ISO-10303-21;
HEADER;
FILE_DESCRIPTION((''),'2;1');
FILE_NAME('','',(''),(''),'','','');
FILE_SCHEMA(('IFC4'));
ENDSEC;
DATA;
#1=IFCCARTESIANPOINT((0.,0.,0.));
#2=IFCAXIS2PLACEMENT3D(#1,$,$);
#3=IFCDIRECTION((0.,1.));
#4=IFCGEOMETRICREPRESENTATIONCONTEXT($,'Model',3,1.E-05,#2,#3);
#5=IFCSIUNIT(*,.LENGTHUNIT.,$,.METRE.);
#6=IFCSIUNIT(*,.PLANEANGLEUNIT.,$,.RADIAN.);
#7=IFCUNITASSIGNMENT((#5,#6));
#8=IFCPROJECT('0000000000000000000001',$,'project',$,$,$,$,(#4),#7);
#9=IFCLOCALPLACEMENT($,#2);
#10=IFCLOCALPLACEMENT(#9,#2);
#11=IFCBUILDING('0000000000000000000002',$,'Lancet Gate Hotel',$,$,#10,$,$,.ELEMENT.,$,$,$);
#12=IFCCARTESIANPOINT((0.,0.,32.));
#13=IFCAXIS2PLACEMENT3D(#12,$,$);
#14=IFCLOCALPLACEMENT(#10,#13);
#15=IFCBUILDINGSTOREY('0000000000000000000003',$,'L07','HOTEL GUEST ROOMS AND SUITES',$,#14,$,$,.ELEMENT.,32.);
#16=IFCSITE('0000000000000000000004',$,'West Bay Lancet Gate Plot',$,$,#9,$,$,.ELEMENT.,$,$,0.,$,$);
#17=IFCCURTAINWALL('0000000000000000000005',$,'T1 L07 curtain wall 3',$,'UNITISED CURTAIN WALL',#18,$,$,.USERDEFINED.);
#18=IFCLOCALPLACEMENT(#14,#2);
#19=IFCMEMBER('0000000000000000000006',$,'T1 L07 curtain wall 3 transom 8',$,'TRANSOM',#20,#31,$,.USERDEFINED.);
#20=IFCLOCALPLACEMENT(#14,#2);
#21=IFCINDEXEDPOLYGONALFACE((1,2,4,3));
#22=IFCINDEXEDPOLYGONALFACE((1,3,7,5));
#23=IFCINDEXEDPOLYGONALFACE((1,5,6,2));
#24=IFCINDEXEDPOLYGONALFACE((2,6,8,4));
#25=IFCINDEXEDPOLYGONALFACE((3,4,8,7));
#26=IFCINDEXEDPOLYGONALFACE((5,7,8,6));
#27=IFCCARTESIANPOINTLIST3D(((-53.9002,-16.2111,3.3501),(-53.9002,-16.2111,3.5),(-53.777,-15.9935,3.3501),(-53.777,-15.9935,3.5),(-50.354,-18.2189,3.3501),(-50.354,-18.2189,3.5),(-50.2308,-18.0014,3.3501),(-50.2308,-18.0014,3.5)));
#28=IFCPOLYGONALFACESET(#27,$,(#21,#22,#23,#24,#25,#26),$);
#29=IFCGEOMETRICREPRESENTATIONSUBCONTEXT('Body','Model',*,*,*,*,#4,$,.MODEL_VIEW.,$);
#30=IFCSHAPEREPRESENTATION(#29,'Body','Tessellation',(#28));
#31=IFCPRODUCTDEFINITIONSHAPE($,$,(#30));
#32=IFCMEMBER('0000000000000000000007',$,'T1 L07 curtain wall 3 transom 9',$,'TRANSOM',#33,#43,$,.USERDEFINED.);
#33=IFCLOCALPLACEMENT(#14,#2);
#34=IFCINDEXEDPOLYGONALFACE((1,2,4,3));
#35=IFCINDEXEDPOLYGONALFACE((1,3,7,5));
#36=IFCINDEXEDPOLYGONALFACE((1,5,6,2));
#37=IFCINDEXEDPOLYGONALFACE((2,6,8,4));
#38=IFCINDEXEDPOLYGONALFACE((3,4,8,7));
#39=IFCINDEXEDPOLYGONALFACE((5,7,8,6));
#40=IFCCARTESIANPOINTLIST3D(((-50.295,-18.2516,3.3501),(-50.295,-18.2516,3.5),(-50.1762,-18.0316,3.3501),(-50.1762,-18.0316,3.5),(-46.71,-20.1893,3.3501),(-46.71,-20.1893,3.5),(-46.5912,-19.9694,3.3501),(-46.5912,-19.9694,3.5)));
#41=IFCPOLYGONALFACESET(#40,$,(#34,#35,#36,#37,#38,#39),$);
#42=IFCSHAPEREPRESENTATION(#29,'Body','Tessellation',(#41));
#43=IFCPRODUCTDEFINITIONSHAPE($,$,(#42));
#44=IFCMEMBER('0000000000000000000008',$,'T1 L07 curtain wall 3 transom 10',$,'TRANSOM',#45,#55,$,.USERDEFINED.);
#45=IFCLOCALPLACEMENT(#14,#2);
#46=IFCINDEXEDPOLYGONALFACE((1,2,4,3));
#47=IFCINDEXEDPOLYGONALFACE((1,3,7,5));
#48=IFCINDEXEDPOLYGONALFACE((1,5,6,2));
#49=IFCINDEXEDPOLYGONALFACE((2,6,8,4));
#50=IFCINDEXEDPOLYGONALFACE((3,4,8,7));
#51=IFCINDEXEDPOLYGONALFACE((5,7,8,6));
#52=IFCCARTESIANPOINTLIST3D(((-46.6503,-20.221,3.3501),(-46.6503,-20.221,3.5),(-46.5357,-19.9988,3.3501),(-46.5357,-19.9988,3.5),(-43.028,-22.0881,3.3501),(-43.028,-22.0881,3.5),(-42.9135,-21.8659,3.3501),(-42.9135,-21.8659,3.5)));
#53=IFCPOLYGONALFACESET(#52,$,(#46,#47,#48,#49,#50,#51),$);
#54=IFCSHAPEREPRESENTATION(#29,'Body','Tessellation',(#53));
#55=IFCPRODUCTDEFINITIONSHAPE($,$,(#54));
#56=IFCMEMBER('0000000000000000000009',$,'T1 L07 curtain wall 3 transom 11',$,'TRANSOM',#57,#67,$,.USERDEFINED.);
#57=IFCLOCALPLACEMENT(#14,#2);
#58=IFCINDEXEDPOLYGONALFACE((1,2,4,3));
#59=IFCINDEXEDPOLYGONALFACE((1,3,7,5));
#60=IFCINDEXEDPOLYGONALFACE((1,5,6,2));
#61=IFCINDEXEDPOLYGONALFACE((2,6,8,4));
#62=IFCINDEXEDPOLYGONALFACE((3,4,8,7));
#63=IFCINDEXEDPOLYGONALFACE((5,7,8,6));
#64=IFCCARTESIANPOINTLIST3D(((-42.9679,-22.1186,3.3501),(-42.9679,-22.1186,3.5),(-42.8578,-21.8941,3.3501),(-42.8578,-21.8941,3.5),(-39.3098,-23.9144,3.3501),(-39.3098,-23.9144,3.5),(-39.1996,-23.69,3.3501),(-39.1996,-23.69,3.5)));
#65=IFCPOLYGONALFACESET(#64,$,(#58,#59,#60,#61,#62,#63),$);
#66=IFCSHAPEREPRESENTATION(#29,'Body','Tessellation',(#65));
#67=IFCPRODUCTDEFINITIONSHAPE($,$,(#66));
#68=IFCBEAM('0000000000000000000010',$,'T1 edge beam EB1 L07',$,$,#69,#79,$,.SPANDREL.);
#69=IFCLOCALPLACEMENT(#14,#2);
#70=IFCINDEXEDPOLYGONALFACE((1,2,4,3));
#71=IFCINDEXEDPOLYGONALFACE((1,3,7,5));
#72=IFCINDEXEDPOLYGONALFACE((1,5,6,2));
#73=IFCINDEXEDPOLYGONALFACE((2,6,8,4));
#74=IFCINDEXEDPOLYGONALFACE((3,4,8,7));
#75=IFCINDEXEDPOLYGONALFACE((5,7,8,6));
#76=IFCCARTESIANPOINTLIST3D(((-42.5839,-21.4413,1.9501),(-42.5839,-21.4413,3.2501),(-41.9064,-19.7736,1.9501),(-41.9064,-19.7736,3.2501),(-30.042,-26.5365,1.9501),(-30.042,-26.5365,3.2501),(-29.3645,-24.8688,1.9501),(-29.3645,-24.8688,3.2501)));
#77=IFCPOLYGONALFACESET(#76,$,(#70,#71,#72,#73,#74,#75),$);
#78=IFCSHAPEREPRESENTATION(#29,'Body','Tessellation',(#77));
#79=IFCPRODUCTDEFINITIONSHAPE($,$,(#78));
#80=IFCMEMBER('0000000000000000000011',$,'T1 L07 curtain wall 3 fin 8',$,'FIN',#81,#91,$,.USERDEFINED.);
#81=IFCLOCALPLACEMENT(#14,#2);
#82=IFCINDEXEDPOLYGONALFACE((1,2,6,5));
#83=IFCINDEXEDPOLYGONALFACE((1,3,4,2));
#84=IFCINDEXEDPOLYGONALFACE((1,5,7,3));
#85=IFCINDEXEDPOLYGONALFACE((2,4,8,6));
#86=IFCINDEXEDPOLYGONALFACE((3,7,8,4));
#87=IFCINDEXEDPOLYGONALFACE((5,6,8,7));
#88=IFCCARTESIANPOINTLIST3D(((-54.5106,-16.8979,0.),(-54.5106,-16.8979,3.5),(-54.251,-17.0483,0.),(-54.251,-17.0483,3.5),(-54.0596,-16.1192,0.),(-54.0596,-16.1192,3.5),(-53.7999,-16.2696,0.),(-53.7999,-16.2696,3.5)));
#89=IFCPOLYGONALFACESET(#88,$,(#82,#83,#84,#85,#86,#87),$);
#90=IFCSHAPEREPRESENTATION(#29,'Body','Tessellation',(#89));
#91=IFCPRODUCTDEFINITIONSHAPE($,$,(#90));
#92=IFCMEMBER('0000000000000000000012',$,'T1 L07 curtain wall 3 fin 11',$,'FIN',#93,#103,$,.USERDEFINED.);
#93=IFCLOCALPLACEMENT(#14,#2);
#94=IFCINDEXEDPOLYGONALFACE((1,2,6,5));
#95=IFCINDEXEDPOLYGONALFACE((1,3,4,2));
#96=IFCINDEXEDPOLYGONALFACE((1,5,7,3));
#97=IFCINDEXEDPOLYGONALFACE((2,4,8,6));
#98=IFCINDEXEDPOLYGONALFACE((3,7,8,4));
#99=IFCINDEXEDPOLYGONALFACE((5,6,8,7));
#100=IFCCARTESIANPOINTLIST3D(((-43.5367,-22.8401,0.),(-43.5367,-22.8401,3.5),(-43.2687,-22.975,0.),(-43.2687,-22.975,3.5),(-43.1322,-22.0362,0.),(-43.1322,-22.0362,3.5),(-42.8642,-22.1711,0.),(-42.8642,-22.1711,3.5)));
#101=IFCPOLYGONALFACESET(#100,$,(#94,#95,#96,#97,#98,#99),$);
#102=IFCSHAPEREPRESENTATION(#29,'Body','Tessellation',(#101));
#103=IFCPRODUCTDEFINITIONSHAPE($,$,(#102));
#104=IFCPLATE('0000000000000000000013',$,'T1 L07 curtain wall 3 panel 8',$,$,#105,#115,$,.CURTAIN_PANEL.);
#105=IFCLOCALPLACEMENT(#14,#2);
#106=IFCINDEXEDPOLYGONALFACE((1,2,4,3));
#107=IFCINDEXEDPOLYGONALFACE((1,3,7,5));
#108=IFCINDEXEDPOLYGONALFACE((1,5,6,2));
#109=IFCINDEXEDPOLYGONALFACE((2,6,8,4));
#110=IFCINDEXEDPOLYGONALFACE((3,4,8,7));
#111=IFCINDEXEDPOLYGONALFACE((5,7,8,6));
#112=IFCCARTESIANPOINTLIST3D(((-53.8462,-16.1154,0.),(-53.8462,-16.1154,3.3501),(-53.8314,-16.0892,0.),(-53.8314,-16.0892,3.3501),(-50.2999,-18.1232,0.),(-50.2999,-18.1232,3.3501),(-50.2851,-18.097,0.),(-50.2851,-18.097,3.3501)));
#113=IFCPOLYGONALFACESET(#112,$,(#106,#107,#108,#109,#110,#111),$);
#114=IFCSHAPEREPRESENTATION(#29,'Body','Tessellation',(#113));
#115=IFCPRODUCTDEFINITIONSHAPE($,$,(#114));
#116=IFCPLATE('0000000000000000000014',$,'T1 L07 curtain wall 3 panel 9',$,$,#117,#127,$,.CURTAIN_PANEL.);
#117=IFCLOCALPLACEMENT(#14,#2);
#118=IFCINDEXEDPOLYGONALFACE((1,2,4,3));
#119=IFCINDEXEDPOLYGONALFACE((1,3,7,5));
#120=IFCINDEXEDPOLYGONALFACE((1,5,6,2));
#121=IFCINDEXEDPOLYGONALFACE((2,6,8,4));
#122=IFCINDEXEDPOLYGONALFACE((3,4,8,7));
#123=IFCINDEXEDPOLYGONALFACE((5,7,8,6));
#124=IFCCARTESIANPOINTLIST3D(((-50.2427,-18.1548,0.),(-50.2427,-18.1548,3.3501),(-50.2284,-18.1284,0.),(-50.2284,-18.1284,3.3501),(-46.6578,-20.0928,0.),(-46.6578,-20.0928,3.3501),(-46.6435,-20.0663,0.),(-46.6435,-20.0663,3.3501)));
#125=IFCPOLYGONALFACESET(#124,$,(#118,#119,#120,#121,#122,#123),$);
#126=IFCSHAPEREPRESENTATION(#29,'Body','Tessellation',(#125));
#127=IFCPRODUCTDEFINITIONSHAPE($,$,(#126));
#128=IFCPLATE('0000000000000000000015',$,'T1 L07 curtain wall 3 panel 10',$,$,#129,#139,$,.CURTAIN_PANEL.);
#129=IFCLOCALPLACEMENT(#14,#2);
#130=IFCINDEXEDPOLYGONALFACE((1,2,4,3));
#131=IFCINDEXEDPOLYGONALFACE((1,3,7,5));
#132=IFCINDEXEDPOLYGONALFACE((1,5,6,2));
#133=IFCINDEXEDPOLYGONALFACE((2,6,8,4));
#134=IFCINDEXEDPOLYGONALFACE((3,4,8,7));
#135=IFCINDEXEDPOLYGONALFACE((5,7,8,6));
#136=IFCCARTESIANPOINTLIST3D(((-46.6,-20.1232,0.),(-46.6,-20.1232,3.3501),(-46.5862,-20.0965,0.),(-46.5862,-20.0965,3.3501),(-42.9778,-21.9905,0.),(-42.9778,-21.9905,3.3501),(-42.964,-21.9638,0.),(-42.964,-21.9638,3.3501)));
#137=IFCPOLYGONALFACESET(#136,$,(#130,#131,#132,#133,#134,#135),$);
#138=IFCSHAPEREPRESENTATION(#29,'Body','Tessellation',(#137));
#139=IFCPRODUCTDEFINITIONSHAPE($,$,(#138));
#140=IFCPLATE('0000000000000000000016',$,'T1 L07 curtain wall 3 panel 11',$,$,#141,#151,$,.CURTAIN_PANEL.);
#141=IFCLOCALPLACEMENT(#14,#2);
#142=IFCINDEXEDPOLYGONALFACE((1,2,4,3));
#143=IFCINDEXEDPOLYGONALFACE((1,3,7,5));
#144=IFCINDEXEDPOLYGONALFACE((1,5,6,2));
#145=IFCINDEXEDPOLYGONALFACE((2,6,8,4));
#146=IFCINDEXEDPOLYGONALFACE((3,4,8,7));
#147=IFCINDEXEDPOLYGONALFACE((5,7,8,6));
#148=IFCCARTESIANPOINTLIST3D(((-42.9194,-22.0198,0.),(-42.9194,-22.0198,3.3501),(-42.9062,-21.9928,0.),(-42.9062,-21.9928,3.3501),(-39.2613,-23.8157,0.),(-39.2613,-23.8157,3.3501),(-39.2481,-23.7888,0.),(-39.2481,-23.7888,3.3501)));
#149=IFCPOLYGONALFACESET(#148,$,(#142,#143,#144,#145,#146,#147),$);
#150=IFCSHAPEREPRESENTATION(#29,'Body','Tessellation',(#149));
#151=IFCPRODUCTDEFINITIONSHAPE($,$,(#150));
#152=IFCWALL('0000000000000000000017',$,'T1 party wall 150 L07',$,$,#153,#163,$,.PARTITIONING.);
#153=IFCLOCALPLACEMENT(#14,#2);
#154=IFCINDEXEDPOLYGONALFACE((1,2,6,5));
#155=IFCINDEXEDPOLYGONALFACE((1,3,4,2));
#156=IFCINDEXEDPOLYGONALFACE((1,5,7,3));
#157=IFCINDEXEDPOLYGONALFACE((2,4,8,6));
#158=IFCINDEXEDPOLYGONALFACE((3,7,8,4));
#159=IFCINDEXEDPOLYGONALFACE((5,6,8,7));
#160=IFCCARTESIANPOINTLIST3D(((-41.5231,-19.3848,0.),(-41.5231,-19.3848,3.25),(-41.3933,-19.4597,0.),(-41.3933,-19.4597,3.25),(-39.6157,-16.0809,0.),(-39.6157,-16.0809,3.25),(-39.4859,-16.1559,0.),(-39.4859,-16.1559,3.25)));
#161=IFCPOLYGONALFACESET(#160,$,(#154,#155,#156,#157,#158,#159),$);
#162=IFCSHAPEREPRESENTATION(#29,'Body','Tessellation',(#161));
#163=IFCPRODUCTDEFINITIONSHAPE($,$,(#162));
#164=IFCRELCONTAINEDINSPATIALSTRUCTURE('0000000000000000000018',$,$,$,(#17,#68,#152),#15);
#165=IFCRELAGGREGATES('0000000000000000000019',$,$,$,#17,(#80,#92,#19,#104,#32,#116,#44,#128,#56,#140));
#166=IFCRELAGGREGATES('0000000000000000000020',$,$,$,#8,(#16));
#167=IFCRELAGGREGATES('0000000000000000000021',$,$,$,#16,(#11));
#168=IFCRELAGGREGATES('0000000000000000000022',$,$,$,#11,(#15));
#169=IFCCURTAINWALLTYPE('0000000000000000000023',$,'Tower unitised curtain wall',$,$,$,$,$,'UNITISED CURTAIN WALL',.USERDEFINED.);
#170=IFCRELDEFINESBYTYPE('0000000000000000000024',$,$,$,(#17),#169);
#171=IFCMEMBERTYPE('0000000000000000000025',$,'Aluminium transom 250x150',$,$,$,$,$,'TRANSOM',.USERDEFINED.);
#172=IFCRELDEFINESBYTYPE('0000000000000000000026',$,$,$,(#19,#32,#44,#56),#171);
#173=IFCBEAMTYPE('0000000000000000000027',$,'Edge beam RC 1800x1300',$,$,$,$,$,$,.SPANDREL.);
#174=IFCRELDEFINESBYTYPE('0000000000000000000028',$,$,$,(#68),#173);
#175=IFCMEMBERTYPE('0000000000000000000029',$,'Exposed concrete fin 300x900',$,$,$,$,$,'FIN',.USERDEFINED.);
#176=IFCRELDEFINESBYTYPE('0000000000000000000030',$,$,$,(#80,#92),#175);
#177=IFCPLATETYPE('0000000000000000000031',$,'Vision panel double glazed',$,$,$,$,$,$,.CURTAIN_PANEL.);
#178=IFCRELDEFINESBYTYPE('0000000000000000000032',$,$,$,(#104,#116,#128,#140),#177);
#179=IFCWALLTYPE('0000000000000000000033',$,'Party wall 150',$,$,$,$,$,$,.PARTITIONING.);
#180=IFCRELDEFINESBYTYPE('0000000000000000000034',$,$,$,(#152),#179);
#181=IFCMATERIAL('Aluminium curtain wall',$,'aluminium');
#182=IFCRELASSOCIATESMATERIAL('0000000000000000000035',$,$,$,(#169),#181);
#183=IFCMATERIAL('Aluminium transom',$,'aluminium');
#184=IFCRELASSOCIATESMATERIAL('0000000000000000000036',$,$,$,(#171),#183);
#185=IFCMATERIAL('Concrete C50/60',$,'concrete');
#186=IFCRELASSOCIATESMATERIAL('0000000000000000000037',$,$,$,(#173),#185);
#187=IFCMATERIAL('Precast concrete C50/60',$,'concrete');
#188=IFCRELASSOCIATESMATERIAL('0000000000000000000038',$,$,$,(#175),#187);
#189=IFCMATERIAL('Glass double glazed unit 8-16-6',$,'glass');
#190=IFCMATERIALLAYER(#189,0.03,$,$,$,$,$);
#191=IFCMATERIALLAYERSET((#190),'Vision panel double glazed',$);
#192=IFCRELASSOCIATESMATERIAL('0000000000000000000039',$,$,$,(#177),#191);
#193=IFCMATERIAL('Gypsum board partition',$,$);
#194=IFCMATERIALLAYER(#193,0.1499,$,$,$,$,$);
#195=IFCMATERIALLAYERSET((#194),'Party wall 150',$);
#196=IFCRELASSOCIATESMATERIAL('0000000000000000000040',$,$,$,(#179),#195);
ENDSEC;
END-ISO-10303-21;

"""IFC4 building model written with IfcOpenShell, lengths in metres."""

from ifc_helpers import new_model, si_unit, direction, frame, frame_2d, origin, origin_2d, place, context, subcontext, project, spatial, rectangle, extrude, material, layer, layer_set, material_profile, profile_set, type_object, element, aggregate, save


model = new_model("IFC4")

# Units and contexts
model_context = context("Model", 3, precision=1e-05, world=origin(), true_north=direction((0.0, 1.0)))
body_context = subcontext(model_context, "Body", "Model", "MODEL_VIEW")
ifc_project = project(units=[si_unit("LENGTHUNIT", "METRE"), si_unit("PLANEANGLEUNIT", "RADIAN")], contexts=[model_context])

# Site, building, storey
site_placement = place(None, origin())
site = spatial("IfcSite", under=ifc_project, at=site_placement, Name="West Bay Lancet Gate Plot", CompositionType="ELEMENT", RefElevation=0.0)
building_placement = place(site_placement, origin())
building = spatial("IfcBuilding", under=site, at=building_placement, Name="Lancet Gate Hotel", CompositionType="ELEMENT")
storey_placement = place(building_placement, frame((0.0, 0.0, 32.0)))
storey = spatial("IfcBuildingStorey", under=building, at=storey_placement, Name="L07", Description="HOTEL GUEST ROOMS AND SUITES", CompositionType="ELEMENT", Elevation=32.0)

# Curtain wall, members
ifc_material_1 = material(Name="Aluminium curtain wall", Category="aluminium")
curtain_wall_type = type_object("IfcCurtainWallType", Name="Tower unitised curtain wall", ElementType="UNITISED CURTAIN WALL", PredefinedType="USERDEFINED", material=ifc_material_1)
curtain_wall_placement = place(storey_placement, origin())
curtain_wall = element("IfcCurtainWall", 1, at=curtain_wall_placement, inside=storey, type_object=curtain_wall_type, Name="T1 L07 curtain wall 3", ObjectType="UNITISED CURTAIN WALL", PredefinedType="USERDEFINED")
ifc_material_2 = material(Name="Aluminium transom", Category="aluminium")
ifc_material_profile_1 = material_profile(ifc_material_2, rectangle(XDim=0.25, YDim=0.1499, at=origin_2d()), Name="TRANSOM 250x150")
ifc_profile_set_1 = profile_set([ifc_material_profile_1], Name="Aluminium transom")
member_type_1 = type_object("IfcMemberType", Name="Aluminium transom 250x150", ElementType="TRANSOM", PredefinedType="USERDEFINED", material=ifc_profile_set_1)
member_1_placement = place(storey_placement, frame((-53.8386, -16.1023, 3.425), z_axis=(0.870198, -0.492703, 0.0), x_axis=(0.492703, 0.870198, 0.0)))
member_1 = element("IfcMember", 2, at=member_1_placement, type_object=member_type_1, Name="T1 L07 curtain wall 3 transom 8", ObjectType="TRANSOM", PredefinedType="USERDEFINED", context=body_context, shape_type="SweptSolid", body=[
    extrude(rectangle(XDim=0.25, YDim=0.1499, at=origin_2d()), origin(), (0.0, 0.0, 1.0), 4.0752),
])
member_2_placement = place(storey_placement, frame((-50.2356, -18.1416, 3.425), z_axis=(0.879714, -0.475503, 0.0), x_axis=(0.475503, 0.879714, 0.0)))
member_2 = element("IfcMember", 3, at=member_2_placement, type_object=member_type_1, Name="T1 L07 curtain wall 3 transom 9", ObjectType="TRANSOM", PredefinedType="USERDEFINED", context=body_context, shape_type="SweptSolid", body=[
    extrude(rectangle(XDim=0.25, YDim=0.1499, at=origin_2d()), origin(), (0.0, 0.0, 1.0), 4.0752),
])
member_3_placement = place(storey_placement, frame((-46.593, -20.1099, 3.425), z_axis=(0.88886, -0.458179, 0.0), x_axis=(0.458179, 0.88886, 0.0)))
member_3 = element("IfcMember", 4, at=member_3_placement, type_object=member_type_1, Name="T1 L07 curtain wall 3 transom 10", ObjectType="TRANSOM", PredefinedType="USERDEFINED", context=body_context, shape_type="SweptSolid", body=[
    extrude(rectangle(XDim=0.25, YDim=0.1499, at=origin_2d()), origin(), (0.0, 0.0, 1.0), 4.0752),
])
member_4_placement = place(storey_placement, frame((-42.9128, -22.0063, 3.425), z_axis=(0.897662, -0.440684, 0.0), x_axis=(0.440684, 0.897662, 0.0)))
member_4 = element("IfcMember", 5, at=member_4_placement, type_object=member_type_1, Name="T1 L07 curtain wall 3 transom 11", ObjectType="TRANSOM", PredefinedType="USERDEFINED", context=body_context, shape_type="SweptSolid", body=[
    extrude(rectangle(XDim=0.25, YDim=0.1499, at=origin_2d()), origin(), (0.0, 0.0, 1.0), 4.0752),
])

# Beam
ifc_material_3 = material(Name="Concrete C50/60", Category="concrete")
ifc_material_profile_2 = material_profile(ifc_material_3, rectangle(XDim=1.8, YDim=1.3, at=origin_2d()), Name="RC 1800x1300")
ifc_profile_set_2 = profile_set([ifc_material_profile_2], Name="Concrete C50/60")
beam_type = type_object("IfcBeamType", Name="Edge beam RC 1800x1300", PredefinedType="SPANDREL", material=ifc_profile_set_2)
beam_placement = place(storey_placement, frame((-42.2451, -20.6074, 2.6001), z_axis=(0.926463, -0.376385, 0.0), x_axis=(0.376385, 0.926463, 0.0)))
element("IfcBeam", 6, at=beam_placement, inside=storey, type_object=beam_type, Name="T1 edge beam EB1 L07", PredefinedType="SPANDREL", context=body_context, shape_type="SweptSolid", body=[
    extrude(rectangle(XDim=1.8, YDim=1.3, at=origin_2d()), origin(), (0.0, 0.0, 1.0), 13.5374),
])

# Members
ifc_material_4 = material(Name="Precast concrete C50/60", Category="concrete")
ifc_material_profile_3 = material_profile(ifc_material_4, rectangle(XDim=0.3, YDim=0.8999, at=origin_2d()), Name="FIN 300x900")
ifc_profile_set_3 = profile_set([ifc_material_profile_3], Name="Precast concrete C50/60")
member_type_2 = type_object("IfcMemberType", Name="Exposed concrete fin 300x900", ElementType="FIN", PredefinedType="USERDEFINED", material=ifc_profile_set_3)
member_5_placement = place(storey_placement, frame((-54.1553, -16.5837, 0.0), z_axis=(0.0, 0.0, 1.0), x_axis=(0.865335, -0.501194, 0.0)))
member_5 = element("IfcMember", 7, at=member_5_placement, type_object=member_type_2, Name="T1 L07 curtain wall 3 fin 8", ObjectType="FIN", PredefinedType="USERDEFINED", context=body_context, shape_type="SweptSolid", body=[
    extrude(rectangle(XDim=0.3, YDim=0.8999, at=origin_2d()), origin(), (0.0, 0.0, 1.0), 3.5),
])
member_6_placement = place(storey_placement, frame((-43.2004, -22.5056, 0.0), z_axis=(0.0, 0.0, 1.0), x_axis=(0.893292, -0.449478, 0.0)))
member_6 = element("IfcMember", 8, at=member_6_placement, type_object=member_type_2, Name="T1 L07 curtain wall 3 fin 11", ObjectType="FIN", PredefinedType="USERDEFINED", context=body_context, shape_type="SweptSolid", body=[
    extrude(rectangle(XDim=0.3, YDim=0.8999, at=origin_2d()), origin(), (0.0, 0.0, 1.0), 3.5),
])

# Plates
ifc_material_5 = material(Name="Glass double glazed unit 8-16-6", Category="glass")
ifc_layer_1 = layer(ifc_material_5, 0.03)
ifc_layer_set_1 = layer_set([ifc_layer_1], Name="Vision panel double glazed")
plate_type = type_object("IfcPlateType", Name="Vision panel double glazed", PredefinedType="CURTAIN_PANEL", material=ifc_layer_set_1)
plate_1_placement = place(storey_placement, frame((-52.0657, -17.1062, 0.0), z_axis=(0.0, 0.0, 1.0), x_axis=(0.870205, -0.49269, 0.0)))
plate_1 = element("IfcPlate", 9, at=plate_1_placement, type_object=plate_type, Name="T1 L07 curtain wall 3 panel 8", PredefinedType="CURTAIN_PANEL", context=body_context, shape_type="SweptSolid", body=[
    extrude(rectangle(XDim=4.0752, YDim=0.03, at=origin_2d()), origin(), (0.0, 0.0, 1.0), 3.3501),
])
plate_2_placement = place(storey_placement, frame((-48.4431, -19.1106, 0.0), z_axis=(0.0, 0.0, 1.0), x_axis=(0.879693, -0.475541, 0.0)))
plate_2 = element("IfcPlate", 10, at=plate_2_placement, type_object=plate_type, Name="T1 L07 curtain wall 3 panel 9", PredefinedType="CURTAIN_PANEL", context=body_context, shape_type="SweptSolid", body=[
    extrude(rectangle(XDim=4.0752, YDim=0.03, at=origin_2d()), origin(), (0.0, 0.0, 1.0), 3.3501),
])
plate_3_placement = place(storey_placement, frame((-44.782, -21.0435, 0.0), z_axis=(0.0, 0.0, 1.0), x_axis=(0.888844, -0.45821, 0.0)))
plate_3 = element("IfcPlate", 11, at=plate_3_placement, type_object=plate_type, Name="T1 L07 curtain wall 3 panel 10", PredefinedType="CURTAIN_PANEL", context=body_context, shape_type="SweptSolid", body=[
    extrude(rectangle(XDim=4.0752, YDim=0.03, at=origin_2d()), origin(), (0.0, 0.0, 1.0), 3.3501),
])
plate_4_placement = place(storey_placement, frame((-41.0837, -22.9043, 0.0), z_axis=(0.0, 0.0, 1.0), x_axis=(0.897653, -0.440702, 0.0)))
plate_4 = element("IfcPlate", 12, at=plate_4_placement, type_object=plate_type, Name="T1 L07 curtain wall 3 panel 11", PredefinedType="CURTAIN_PANEL", context=body_context, shape_type="SweptSolid", body=[
    extrude(rectangle(XDim=4.0752, YDim=0.03, at=origin_2d()), origin(), (0.0, 0.0, 1.0), 3.3501),
])
aggregate(curtain_wall, [member_5, member_6, member_1, plate_1, member_2, plate_2, member_3, plate_3, member_4, plate_4])

# Wall
ifc_material_6 = material(Name="Gypsum board partition")
ifc_layer_2 = layer(ifc_material_6, 0.1499)
ifc_layer_set_2 = layer_set([ifc_layer_2], Name="Party wall 150")
wall_type = type_object("IfcWallType", Name="Party wall 150", PredefinedType="PARTITIONING", material=ifc_layer_set_2)
wall_placement = place(storey_placement, frame((-39.5508, -16.1184, 0.0), z_axis=(0.0, 0.0, 1.0), x_axis=(-0.499987, -0.866033, 0.0)))
element("IfcWall", 13, at=wall_placement, inside=storey, type_object=wall_type, Name="T1 party wall 150 L07", PredefinedType="PARTITIONING", context=body_context, shape_type="SweptSolid", body=[
    extrude(rectangle(XDim=3.8149, YDim=0.1499, at=frame_2d((1.9075, 0.0))), origin(), (0.0, 0.0, 1.0), 3.25),
])

save(model, "model.ifc")
